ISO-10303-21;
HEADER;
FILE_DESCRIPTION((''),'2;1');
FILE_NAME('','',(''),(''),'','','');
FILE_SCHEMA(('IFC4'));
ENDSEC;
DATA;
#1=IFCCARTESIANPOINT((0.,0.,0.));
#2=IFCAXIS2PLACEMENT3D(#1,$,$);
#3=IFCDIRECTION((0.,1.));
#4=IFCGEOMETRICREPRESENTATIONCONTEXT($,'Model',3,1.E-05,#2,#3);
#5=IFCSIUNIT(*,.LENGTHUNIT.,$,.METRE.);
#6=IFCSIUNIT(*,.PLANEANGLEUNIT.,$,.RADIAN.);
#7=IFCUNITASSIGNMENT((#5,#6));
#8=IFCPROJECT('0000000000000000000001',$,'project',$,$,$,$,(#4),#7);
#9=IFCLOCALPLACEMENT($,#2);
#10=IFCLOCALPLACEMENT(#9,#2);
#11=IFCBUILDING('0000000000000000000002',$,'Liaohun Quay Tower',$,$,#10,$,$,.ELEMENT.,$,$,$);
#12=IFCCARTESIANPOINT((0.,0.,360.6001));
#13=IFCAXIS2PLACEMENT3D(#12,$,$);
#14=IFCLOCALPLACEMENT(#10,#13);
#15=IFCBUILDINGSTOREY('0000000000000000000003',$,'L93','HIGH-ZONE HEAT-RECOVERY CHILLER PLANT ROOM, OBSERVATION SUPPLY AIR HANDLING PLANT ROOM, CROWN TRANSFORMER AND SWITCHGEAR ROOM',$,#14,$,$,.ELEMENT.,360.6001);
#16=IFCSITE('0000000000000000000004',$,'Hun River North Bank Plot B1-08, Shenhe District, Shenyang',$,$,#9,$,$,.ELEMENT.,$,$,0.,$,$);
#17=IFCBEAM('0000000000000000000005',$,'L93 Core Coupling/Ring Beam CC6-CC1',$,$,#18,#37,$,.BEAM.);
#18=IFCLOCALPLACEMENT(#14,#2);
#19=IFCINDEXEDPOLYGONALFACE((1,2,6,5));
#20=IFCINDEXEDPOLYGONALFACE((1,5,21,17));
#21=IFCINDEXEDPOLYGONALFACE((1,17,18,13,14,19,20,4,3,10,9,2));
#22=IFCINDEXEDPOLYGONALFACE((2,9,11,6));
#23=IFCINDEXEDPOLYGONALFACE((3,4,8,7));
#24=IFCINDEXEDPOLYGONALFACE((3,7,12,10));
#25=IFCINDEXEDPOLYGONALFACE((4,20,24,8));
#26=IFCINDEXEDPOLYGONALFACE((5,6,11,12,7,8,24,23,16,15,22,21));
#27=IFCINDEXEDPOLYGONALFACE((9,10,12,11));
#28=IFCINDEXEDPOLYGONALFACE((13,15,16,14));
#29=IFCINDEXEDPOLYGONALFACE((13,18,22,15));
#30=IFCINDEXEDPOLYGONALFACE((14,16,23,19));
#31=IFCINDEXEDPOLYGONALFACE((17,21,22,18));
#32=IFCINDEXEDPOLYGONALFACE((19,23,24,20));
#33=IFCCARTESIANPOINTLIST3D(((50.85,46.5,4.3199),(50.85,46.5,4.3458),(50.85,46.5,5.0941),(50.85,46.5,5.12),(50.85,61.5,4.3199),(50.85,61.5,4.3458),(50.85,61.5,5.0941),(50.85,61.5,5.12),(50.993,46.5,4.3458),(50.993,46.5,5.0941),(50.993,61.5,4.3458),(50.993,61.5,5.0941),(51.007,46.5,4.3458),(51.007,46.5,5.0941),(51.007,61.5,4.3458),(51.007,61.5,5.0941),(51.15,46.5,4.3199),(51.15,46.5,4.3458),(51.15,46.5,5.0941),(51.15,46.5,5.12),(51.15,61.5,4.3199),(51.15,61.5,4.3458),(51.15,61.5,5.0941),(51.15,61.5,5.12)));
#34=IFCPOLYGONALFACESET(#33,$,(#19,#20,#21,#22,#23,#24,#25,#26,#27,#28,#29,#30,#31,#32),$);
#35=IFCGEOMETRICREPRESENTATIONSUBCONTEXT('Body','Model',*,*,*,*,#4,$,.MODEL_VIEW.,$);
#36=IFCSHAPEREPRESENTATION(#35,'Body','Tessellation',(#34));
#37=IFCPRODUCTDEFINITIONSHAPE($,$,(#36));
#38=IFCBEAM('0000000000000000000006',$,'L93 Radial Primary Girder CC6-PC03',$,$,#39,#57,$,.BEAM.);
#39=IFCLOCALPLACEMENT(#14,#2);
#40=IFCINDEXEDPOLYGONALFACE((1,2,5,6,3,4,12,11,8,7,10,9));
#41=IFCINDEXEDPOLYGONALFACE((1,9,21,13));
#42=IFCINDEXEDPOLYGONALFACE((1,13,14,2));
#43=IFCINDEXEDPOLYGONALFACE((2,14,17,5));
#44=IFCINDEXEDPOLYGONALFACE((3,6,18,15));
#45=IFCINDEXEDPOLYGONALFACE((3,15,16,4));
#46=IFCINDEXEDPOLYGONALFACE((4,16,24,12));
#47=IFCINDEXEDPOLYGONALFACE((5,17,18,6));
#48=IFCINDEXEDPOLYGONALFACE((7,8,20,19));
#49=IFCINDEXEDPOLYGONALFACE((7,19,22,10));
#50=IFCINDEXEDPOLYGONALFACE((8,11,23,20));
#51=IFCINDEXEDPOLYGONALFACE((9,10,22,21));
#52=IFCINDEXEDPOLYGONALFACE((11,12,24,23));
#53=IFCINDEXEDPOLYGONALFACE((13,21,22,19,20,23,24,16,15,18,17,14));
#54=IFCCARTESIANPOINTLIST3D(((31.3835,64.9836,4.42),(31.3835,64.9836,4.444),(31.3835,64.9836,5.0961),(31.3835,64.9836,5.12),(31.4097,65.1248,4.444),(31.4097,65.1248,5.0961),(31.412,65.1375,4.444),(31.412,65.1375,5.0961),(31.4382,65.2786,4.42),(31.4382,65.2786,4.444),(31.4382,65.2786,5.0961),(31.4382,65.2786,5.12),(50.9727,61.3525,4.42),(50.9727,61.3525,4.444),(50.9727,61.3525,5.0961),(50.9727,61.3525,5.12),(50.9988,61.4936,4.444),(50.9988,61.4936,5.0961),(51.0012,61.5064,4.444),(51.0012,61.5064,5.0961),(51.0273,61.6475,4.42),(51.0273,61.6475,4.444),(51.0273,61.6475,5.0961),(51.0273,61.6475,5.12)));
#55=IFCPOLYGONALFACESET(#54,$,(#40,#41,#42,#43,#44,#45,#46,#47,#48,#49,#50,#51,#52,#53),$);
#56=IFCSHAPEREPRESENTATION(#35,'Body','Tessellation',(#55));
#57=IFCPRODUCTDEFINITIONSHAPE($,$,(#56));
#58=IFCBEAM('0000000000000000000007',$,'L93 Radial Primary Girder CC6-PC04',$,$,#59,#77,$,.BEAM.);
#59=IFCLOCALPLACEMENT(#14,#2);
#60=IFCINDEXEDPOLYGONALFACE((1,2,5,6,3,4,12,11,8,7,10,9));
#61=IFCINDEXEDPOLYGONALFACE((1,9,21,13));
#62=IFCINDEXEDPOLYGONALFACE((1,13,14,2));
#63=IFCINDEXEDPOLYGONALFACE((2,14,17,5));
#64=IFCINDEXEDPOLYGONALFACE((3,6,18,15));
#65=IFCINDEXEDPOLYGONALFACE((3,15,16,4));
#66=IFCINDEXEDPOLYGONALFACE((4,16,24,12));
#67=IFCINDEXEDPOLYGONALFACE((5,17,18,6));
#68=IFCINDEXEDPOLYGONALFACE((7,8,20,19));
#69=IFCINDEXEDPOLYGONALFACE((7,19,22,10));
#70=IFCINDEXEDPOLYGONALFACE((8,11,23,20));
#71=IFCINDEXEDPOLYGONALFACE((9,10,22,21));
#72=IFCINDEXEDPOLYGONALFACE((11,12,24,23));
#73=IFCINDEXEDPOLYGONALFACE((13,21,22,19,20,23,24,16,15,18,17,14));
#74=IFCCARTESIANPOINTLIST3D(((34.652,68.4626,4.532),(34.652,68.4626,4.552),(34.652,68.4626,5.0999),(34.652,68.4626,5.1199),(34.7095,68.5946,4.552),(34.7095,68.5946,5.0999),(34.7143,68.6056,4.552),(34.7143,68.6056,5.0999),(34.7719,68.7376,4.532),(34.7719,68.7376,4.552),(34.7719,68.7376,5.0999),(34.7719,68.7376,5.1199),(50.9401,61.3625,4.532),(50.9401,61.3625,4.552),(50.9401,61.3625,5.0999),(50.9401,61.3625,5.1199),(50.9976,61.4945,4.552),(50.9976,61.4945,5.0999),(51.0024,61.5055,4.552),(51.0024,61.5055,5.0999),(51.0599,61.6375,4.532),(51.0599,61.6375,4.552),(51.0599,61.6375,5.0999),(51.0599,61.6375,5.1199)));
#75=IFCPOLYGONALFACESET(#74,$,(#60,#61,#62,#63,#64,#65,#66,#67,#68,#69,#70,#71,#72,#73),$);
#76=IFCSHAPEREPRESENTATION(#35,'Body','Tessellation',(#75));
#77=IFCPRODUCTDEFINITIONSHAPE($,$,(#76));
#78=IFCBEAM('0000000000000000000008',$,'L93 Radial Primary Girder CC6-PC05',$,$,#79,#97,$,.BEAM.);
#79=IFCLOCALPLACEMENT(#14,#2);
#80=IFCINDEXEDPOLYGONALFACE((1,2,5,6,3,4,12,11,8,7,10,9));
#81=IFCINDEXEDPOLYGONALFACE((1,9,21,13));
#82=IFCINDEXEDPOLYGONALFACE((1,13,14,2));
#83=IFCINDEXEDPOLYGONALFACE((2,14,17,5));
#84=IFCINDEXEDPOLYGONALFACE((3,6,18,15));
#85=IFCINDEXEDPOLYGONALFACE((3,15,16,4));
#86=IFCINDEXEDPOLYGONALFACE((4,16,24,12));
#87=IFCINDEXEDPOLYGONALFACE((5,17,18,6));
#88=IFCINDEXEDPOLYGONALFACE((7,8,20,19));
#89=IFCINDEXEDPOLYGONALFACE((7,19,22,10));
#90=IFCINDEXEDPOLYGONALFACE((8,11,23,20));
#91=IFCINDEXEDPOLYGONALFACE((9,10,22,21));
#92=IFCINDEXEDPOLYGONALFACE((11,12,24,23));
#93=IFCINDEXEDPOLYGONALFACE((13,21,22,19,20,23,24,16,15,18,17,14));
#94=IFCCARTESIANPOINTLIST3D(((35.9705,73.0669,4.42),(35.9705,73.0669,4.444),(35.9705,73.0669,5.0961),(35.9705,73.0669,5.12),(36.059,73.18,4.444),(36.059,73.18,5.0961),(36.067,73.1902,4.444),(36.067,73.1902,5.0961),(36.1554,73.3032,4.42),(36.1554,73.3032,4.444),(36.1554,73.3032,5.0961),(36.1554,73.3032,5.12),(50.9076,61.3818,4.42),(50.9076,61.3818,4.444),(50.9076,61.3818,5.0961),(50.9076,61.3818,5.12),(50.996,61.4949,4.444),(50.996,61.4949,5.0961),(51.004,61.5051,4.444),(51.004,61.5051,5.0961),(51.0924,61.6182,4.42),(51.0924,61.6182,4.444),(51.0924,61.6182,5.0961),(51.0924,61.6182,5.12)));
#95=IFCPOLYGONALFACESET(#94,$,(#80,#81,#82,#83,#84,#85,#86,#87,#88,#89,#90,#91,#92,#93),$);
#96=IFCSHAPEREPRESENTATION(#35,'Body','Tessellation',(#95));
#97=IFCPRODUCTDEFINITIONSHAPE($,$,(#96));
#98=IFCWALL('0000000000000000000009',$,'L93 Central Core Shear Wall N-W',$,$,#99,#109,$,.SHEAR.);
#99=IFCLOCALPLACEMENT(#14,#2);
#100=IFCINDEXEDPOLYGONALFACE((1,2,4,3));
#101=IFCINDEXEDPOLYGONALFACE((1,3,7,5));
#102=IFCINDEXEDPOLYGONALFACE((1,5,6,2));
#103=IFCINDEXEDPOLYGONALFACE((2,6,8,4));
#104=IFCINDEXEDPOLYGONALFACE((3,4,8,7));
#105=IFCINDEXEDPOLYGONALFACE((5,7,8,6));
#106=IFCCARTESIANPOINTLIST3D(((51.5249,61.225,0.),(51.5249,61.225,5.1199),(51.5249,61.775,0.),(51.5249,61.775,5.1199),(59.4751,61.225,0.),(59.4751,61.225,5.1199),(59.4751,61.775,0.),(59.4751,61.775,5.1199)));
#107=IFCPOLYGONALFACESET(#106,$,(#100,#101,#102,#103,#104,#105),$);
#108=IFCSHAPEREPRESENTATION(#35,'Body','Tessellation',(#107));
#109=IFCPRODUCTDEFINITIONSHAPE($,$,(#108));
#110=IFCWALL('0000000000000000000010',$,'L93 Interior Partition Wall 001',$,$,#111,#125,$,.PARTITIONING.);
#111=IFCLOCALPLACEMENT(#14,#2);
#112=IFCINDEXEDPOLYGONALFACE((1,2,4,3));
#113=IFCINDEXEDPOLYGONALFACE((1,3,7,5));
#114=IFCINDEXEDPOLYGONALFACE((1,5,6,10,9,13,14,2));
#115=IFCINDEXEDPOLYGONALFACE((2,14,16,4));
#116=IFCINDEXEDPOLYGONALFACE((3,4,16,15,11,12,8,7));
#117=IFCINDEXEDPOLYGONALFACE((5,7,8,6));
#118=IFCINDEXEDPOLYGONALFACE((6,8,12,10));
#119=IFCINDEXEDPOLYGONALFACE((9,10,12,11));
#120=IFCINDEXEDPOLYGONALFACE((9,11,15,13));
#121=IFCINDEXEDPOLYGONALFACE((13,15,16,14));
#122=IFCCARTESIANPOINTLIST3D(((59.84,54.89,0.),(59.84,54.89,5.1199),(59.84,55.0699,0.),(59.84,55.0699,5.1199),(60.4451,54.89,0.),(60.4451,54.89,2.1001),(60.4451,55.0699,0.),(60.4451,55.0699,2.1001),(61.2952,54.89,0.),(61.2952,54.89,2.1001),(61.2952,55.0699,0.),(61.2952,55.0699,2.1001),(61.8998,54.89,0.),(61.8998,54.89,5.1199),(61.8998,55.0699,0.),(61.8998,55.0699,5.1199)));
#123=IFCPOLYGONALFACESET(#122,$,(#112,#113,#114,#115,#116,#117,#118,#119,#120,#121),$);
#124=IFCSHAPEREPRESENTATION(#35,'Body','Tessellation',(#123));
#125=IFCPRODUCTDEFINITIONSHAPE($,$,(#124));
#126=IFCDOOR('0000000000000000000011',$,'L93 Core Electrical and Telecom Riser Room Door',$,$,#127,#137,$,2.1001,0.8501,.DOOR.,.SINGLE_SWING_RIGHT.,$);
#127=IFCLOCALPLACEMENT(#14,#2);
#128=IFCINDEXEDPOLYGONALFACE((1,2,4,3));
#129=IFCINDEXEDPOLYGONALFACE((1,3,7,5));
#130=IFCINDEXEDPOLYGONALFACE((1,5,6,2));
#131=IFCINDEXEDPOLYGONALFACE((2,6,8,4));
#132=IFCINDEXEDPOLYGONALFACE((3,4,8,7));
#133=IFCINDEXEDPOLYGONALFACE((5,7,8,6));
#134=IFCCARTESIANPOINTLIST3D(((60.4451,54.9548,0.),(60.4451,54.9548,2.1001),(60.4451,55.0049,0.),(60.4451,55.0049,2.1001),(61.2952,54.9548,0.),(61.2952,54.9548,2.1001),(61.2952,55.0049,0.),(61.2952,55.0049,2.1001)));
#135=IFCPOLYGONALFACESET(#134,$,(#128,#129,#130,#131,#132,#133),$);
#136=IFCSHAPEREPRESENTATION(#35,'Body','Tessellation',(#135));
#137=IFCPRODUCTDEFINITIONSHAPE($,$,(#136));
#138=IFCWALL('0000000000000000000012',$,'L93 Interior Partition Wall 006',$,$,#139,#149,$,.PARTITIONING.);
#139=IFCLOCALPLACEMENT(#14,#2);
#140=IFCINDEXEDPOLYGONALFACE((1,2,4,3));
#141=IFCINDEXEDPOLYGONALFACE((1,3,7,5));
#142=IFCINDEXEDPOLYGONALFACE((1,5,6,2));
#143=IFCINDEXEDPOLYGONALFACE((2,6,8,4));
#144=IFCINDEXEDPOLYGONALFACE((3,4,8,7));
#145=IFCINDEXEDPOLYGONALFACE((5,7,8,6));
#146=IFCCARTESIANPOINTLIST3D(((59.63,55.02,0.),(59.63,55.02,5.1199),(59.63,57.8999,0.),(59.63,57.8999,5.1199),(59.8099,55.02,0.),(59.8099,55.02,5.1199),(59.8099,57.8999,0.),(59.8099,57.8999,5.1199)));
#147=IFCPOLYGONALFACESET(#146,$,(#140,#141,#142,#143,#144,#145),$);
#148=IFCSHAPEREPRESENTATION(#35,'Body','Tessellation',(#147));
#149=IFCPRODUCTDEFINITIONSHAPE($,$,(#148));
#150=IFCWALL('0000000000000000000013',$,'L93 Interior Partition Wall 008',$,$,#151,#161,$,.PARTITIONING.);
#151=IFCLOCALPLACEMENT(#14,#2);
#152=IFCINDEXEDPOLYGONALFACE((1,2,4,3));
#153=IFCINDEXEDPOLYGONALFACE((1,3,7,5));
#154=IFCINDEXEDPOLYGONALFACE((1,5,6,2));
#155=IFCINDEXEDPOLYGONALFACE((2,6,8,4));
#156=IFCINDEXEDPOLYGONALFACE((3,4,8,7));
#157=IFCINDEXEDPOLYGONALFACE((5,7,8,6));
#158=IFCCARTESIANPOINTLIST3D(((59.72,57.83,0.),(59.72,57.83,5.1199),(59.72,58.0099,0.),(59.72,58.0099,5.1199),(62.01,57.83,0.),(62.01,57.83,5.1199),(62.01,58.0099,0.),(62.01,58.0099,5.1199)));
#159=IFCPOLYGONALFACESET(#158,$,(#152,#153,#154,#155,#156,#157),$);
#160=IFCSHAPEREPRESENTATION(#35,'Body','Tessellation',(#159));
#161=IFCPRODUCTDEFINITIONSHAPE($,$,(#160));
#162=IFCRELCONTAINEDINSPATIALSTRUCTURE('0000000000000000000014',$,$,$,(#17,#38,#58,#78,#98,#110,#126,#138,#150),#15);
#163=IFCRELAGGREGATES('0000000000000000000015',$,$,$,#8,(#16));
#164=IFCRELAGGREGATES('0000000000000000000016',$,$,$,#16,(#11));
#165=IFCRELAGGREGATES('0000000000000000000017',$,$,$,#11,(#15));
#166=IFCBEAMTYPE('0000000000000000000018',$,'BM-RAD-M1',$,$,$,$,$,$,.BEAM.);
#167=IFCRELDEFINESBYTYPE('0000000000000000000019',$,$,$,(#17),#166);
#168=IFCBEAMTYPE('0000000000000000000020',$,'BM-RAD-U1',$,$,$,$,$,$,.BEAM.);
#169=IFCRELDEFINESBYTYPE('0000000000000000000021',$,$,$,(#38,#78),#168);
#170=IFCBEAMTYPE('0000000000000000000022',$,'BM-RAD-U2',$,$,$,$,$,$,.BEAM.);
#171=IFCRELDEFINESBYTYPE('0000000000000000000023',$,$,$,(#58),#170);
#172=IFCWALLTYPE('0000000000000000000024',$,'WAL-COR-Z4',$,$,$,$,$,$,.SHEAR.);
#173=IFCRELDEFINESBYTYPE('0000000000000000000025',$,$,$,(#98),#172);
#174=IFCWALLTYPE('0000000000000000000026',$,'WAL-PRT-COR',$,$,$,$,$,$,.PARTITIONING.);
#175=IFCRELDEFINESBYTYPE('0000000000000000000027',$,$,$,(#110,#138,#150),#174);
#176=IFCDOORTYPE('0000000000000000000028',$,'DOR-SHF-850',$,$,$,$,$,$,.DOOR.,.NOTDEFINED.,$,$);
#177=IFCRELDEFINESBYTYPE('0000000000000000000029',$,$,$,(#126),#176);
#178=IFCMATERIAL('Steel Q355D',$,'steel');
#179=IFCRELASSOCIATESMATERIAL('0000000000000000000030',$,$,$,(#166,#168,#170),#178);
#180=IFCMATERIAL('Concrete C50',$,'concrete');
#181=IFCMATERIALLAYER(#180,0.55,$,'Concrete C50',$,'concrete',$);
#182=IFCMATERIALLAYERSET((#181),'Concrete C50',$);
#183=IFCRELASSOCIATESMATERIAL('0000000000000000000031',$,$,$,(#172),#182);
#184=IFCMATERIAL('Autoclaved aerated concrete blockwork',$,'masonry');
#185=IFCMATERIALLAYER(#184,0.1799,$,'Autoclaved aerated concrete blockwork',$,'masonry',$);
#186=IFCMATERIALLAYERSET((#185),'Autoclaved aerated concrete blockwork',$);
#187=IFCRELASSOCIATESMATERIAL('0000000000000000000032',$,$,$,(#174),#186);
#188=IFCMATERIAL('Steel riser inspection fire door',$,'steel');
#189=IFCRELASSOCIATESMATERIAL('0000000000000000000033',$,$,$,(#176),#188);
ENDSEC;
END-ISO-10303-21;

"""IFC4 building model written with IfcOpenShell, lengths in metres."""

from ifc_helpers import new_model, si_unit, direction, frame, frame_2d, origin, origin_2d, place, context, subcontext, project, spatial, rectangle, i_section, extrude, source, transform, mapped, material, layer, layer_set, material_profile, profile_set, type_object, element, fill, save


model = new_model("IFC4")

# Units and contexts
model_context = context("Model", 3, precision=1e-05, world=origin(), true_north=direction((0.0, 1.0)))
body_context = subcontext(model_context, "Body", "Model", "MODEL_VIEW")
ifc_project = project(units=[si_unit("LENGTHUNIT", "METRE"), si_unit("PLANEANGLEUNIT", "RADIAN")], contexts=[model_context])

# Site, building, storey
site_placement = place(None, origin())
site = spatial("IfcSite", under=ifc_project, at=site_placement, Name="Hun River North Bank Plot B1-08, Shenhe District, Shenyang", CompositionType="ELEMENT", RefElevation=0.0)
building_placement = place(site_placement, origin())
building = spatial("IfcBuilding", under=site, at=building_placement, Name="Liaohun Quay Tower", CompositionType="ELEMENT")
storey_placement = place(building_placement, frame((0.0, 0.0, 360.6001)))
storey = spatial("IfcBuildingStorey", under=building, at=storey_placement, Name="L93", Description="HIGH-ZONE HEAT-RECOVERY CHILLER PLANT ROOM, OBSERVATION SUPPLY AIR HANDLING PLANT ROOM, CROWN TRANSFORMER AND SWITCHGEAR ROOM", CompositionType="ELEMENT", Elevation=360.6001)

# Beams
ifc_material_1 = material(Name="Steel Q355D", Category="steel")
ifc_material_profile_1 = material_profile(ifc_material_1, i_section(OverallWidth=0.3, OverallDepth=0.8, WebThickness=0.0139, FlangeThickness=0.0259, at=origin_2d()), Name="HN800x300x14x26")
ifc_profile_set_1 = profile_set([ifc_material_profile_1], Name="Steel Q355D")
beam_type_1 = type_object("IfcBeamType", Name="BM-RAD-M1", PredefinedType="BEAM", material=ifc_profile_set_1)
shared_shape_1 = source(origin(), body_context, "Body", "SweptSolid", [
    extrude(i_section(OverallWidth=0.3, OverallDepth=0.8, WebThickness=0.0139, FlangeThickness=0.0259, at=origin_2d()), origin(), (0.0, 0.0, 1.0), 15.0),
])
beam_1_placement = place(storey_placement, frame((51.0, 61.5, 4.72), z_axis=(0.0, -1.0, 0.0), x_axis=(1.0, 0.0, 0.0)))
element("IfcBeam", 1, at=beam_1_placement, inside=storey, type_object=beam_type_1, Name="L93 Core Coupling/Ring Beam CC6-CC1", PredefinedType="BEAM", context=body_context, shape_type="MappedRepresentation", body=[
    mapped(shared_shape_1, transform((0.0, 0.0, 0.0), x_axis=(1.0, 0.0, 0.0), y_axis=(0.0, 1.0, 0.0), z_axis=(0.0, 0.0, 1.0), scale=1.0)),
])
ifc_material_profile_2 = material_profile(ifc_material_1, i_section(OverallWidth=0.3, OverallDepth=0.7, WebThickness=0.0129, FlangeThickness=0.0239, at=origin_2d()), Name="HN700x300x13x24")
ifc_profile_set_2 = profile_set([ifc_material_profile_2], Name="Steel Q355D")
beam_type_2 = type_object("IfcBeamType", Name="BM-RAD-U1", PredefinedType="BEAM", material=ifc_profile_set_2)
shared_shape_2 = source(origin(), body_context, "Body", "SweptSolid", [
    extrude(i_section(OverallWidth=0.3, OverallDepth=0.7, WebThickness=0.0129, FlangeThickness=0.0239, at=origin_2d()), origin(), (0.0, 0.0, 1.0), 19.9229),
])
beam_2_placement = place(storey_placement, frame((51.0, 61.5, 4.77), z_axis=(-0.983251, 0.182259, 0.0), x_axis=(-0.182259, -0.983251, 0.0)))
element("IfcBeam", 2, at=beam_2_placement, inside=storey, type_object=beam_type_2, Name="L93 Radial Primary Girder CC6-PC03", PredefinedType="BEAM", context=body_context, shape_type="MappedRepresentation", body=[
    mapped(shared_shape_2, transform((0.0, 0.0, 0.0), x_axis=(1.0, 0.0, 0.0), y_axis=(0.0, 1.0, 0.0), z_axis=(0.0, 0.0, 1.0), scale=1.0)),
])
ifc_material_profile_3 = material_profile(ifc_material_1, i_section(OverallWidth=0.3, OverallDepth=0.5879, WebThickness=0.012, FlangeThickness=0.02, at=origin_2d()), Name="HM588x300x12x20")
ifc_profile_set_3 = profile_set([ifc_material_profile_3], Name="Steel Q355D")
beam_type_3 = type_object("IfcBeamType", Name="BM-RAD-U2", PredefinedType="BEAM", material=ifc_profile_set_3)
shared_shape_3 = source(origin(), body_context, "Body", "SweptSolid", [
    extrude(i_section(OverallWidth=0.3, OverallDepth=0.5879, WebThickness=0.012, FlangeThickness=0.02, at=origin_2d()), origin(), (0.0, 0.0, 1.0), 17.7683),
])
beam_3_placement = place(storey_placement, frame((51.0, 61.5, 4.8259), z_axis=(-0.916693, 0.399593, 0.0), x_axis=(-0.399593, -0.916693, 0.0)))
element("IfcBeam", 3, at=beam_3_placement, inside=storey, type_object=beam_type_3, Name="L93 Radial Primary Girder CC6-PC04", PredefinedType="BEAM", context=body_context, shape_type="MappedRepresentation", body=[
    mapped(shared_shape_3, transform((0.0, 0.0, 0.0), x_axis=(1.0, 0.0, 0.0), y_axis=(0.0, 1.0, 0.0), z_axis=(0.0, 0.0, 1.0), scale=1.0)),
])
shared_shape_4 = source(origin(), body_context, "Body", "SweptSolid", [
    extrude(i_section(OverallWidth=0.3, OverallDepth=0.7, WebThickness=0.0129, FlangeThickness=0.0239, at=origin_2d()), origin(), (0.0, 0.0, 1.0), 18.9646),
])
beam_4_placement = place(storey_placement, frame((51.0, 61.5, 4.77), z_axis=(-0.787627, 0.616152, 0.0), x_axis=(-0.616152, -0.787627, 0.0)))
element("IfcBeam", 4, at=beam_4_placement, inside=storey, type_object=beam_type_2, Name="L93 Radial Primary Girder CC6-PC05", PredefinedType="BEAM", context=body_context, shape_type="MappedRepresentation", body=[
    mapped(shared_shape_4, transform((0.0, 0.0, 0.0), x_axis=(1.0, 0.0, 0.0), y_axis=(0.0, 1.0, 0.0), z_axis=(0.0, 0.0, 1.0), scale=1.0)),
])

# Wall
ifc_material_2 = material(Name="Concrete C50", Category="concrete")
ifc_layer_1 = layer(ifc_material_2, 0.55, Name="Concrete C50", Category="concrete")
ifc_layer_set_1 = layer_set([ifc_layer_1], Name="Concrete C50")
wall_type_1 = type_object("IfcWallType", Name="WAL-COR-Z4", PredefinedType="SHEAR", material=ifc_layer_set_1)
wall_1_placement = place(storey_placement, frame((51.5249, 61.5, 0.0), z_axis=(0.0, 0.0, 1.0), x_axis=(1.0, 0.0, 0.0)))
element("IfcWall", 5, at=wall_1_placement, inside=storey, type_object=wall_type_1, Name="L93 Central Core Shear Wall N-W", PredefinedType="SHEAR", context=body_context, shape_type="SweptSolid", body=[
    extrude(rectangle(XDim=7.9502, YDim=0.55, at=frame_2d((3.9751, 0.0))), origin(), (0.0, 0.0, 1.0), 5.1199),
])

# Wall, opening, door
ifc_material_3 = material(Name="Autoclaved aerated concrete blockwork", Category="masonry")
ifc_layer_2 = layer(ifc_material_3, 0.1799, Name="Autoclaved aerated concrete blockwork", Category="masonry")
ifc_layer_set_2 = layer_set([ifc_layer_2], Name="Autoclaved aerated concrete blockwork")
wall_type_2 = type_object("IfcWallType", Name="WAL-PRT-COR", PredefinedType="PARTITIONING", material=ifc_layer_set_2)
wall_2_placement = place(storey_placement, frame((59.8401, 54.98, 0.0), z_axis=(0.0, 0.0, 1.0), x_axis=(1.0, 0.0, 0.0)))
wall_2 = element("IfcWall", 6, at=wall_2_placement, inside=storey, type_object=wall_type_2, Name="L93 Interior Partition Wall 001", PredefinedType="PARTITIONING", context=body_context, shape_type="SweptSolid", body=[
    extrude(rectangle(XDim=2.0598, YDim=0.1799, at=frame_2d((1.0298, 0.0))), origin(), (0.0, 0.0, 1.0), 5.1199),
])
shared_shape_5 = source(origin(), body_context, "Body", "SweptSolid", [
    extrude(rectangle(XDim=0.8501, YDim=2.1001, at=frame_2d((0.425, 1.05))), frame((0.0, 0.0999, 0.0), z_axis=(0.0, -1.0, 0.0), x_axis=(1.0, 0.0, 0.0)), (0.0, 0.0, 1.0), 0.2),
])
opening_1_placement = place(wall_2_placement, frame((0.605, 0.0, 0.0)))
opening_1 = element("IfcOpeningElement", 7, at=opening_1_placement, cuts=wall_2, PredefinedType="OPENING", context=body_context, shape_type="MappedRepresentation", body=[
    mapped(shared_shape_5, transform((0.0, 0.0, 0.0), x_axis=(1.0, 0.0, 0.0), y_axis=(0.0, 1.0, 0.0), z_axis=(0.0, 0.0, 1.0), scale=1.0)),
])
ifc_material_4 = material(Name="Steel riser inspection fire door", Category="steel")
door_type_1 = type_object("IfcDoorType", Name="DOR-SHF-850", OperationType="NOTDEFINED", PredefinedType="DOOR", material=ifc_material_4)
shared_shape_6 = source(origin(), body_context, "Body", "SweptSolid", [
    extrude(rectangle(XDim=0.8501, YDim=2.1001, at=frame_2d((0.425, 1.05))), frame((0.0, 0.0249, 0.0), z_axis=(0.0, -1.0, 0.0), x_axis=(1.0, 0.0, 0.0)), (0.0, 0.0, 1.0), 0.05),
])
door_1_placement = place(opening_1_placement, origin())
door_1 = element("IfcDoor", 8, at=door_1_placement, inside=storey, type_object=door_type_1, Name="L93 Core Electrical and Telecom Riser Room Door", OperationType="SINGLE_SWING_RIGHT", OverallHeight=2.1001, OverallWidth=0.8501, PredefinedType="DOOR", context=body_context, shape_type="MappedRepresentation", body=[
    mapped(shared_shape_6, transform((0.0, 0.0, 0.0), x_axis=(1.0, 0.0, 0.0), y_axis=(0.0, 1.0, 0.0), z_axis=(0.0, 0.0, 1.0), scale=1.0)),
])
fill(opening_1, door_1)

# Walls
wall_3_placement = place(storey_placement, frame((59.72, 55.02, 0.0), z_axis=(0.0, 0.0, 1.0), x_axis=(0.0, 1.0, 0.0)))
element("IfcWall", 9, at=wall_3_placement, inside=storey, type_object=wall_type_2, Name="L93 Interior Partition Wall 006", PredefinedType="PARTITIONING", context=body_context, shape_type="SweptSolid", body=[
    extrude(rectangle(XDim=2.8799, YDim=0.1799, at=frame_2d((1.4399, 0.0))), origin(), (0.0, 0.0, 1.0), 5.1199),
])
wall_4_placement = place(storey_placement, frame((59.72, 57.9199, 0.0), z_axis=(0.0, 0.0, 1.0), x_axis=(1.0, 0.0, 0.0)))
element("IfcWall", 10, at=wall_4_placement, inside=storey, type_object=wall_type_2, Name="L93 Interior Partition Wall 008", PredefinedType="PARTITIONING", context=body_context, shape_type="SweptSolid", body=[
    extrude(rectangle(XDim=2.29, YDim=0.1799, at=frame_2d((1.145, 0.0))), origin(), (0.0, 0.0, 1.0), 5.1199),
])

save(model, "model.ifc")
